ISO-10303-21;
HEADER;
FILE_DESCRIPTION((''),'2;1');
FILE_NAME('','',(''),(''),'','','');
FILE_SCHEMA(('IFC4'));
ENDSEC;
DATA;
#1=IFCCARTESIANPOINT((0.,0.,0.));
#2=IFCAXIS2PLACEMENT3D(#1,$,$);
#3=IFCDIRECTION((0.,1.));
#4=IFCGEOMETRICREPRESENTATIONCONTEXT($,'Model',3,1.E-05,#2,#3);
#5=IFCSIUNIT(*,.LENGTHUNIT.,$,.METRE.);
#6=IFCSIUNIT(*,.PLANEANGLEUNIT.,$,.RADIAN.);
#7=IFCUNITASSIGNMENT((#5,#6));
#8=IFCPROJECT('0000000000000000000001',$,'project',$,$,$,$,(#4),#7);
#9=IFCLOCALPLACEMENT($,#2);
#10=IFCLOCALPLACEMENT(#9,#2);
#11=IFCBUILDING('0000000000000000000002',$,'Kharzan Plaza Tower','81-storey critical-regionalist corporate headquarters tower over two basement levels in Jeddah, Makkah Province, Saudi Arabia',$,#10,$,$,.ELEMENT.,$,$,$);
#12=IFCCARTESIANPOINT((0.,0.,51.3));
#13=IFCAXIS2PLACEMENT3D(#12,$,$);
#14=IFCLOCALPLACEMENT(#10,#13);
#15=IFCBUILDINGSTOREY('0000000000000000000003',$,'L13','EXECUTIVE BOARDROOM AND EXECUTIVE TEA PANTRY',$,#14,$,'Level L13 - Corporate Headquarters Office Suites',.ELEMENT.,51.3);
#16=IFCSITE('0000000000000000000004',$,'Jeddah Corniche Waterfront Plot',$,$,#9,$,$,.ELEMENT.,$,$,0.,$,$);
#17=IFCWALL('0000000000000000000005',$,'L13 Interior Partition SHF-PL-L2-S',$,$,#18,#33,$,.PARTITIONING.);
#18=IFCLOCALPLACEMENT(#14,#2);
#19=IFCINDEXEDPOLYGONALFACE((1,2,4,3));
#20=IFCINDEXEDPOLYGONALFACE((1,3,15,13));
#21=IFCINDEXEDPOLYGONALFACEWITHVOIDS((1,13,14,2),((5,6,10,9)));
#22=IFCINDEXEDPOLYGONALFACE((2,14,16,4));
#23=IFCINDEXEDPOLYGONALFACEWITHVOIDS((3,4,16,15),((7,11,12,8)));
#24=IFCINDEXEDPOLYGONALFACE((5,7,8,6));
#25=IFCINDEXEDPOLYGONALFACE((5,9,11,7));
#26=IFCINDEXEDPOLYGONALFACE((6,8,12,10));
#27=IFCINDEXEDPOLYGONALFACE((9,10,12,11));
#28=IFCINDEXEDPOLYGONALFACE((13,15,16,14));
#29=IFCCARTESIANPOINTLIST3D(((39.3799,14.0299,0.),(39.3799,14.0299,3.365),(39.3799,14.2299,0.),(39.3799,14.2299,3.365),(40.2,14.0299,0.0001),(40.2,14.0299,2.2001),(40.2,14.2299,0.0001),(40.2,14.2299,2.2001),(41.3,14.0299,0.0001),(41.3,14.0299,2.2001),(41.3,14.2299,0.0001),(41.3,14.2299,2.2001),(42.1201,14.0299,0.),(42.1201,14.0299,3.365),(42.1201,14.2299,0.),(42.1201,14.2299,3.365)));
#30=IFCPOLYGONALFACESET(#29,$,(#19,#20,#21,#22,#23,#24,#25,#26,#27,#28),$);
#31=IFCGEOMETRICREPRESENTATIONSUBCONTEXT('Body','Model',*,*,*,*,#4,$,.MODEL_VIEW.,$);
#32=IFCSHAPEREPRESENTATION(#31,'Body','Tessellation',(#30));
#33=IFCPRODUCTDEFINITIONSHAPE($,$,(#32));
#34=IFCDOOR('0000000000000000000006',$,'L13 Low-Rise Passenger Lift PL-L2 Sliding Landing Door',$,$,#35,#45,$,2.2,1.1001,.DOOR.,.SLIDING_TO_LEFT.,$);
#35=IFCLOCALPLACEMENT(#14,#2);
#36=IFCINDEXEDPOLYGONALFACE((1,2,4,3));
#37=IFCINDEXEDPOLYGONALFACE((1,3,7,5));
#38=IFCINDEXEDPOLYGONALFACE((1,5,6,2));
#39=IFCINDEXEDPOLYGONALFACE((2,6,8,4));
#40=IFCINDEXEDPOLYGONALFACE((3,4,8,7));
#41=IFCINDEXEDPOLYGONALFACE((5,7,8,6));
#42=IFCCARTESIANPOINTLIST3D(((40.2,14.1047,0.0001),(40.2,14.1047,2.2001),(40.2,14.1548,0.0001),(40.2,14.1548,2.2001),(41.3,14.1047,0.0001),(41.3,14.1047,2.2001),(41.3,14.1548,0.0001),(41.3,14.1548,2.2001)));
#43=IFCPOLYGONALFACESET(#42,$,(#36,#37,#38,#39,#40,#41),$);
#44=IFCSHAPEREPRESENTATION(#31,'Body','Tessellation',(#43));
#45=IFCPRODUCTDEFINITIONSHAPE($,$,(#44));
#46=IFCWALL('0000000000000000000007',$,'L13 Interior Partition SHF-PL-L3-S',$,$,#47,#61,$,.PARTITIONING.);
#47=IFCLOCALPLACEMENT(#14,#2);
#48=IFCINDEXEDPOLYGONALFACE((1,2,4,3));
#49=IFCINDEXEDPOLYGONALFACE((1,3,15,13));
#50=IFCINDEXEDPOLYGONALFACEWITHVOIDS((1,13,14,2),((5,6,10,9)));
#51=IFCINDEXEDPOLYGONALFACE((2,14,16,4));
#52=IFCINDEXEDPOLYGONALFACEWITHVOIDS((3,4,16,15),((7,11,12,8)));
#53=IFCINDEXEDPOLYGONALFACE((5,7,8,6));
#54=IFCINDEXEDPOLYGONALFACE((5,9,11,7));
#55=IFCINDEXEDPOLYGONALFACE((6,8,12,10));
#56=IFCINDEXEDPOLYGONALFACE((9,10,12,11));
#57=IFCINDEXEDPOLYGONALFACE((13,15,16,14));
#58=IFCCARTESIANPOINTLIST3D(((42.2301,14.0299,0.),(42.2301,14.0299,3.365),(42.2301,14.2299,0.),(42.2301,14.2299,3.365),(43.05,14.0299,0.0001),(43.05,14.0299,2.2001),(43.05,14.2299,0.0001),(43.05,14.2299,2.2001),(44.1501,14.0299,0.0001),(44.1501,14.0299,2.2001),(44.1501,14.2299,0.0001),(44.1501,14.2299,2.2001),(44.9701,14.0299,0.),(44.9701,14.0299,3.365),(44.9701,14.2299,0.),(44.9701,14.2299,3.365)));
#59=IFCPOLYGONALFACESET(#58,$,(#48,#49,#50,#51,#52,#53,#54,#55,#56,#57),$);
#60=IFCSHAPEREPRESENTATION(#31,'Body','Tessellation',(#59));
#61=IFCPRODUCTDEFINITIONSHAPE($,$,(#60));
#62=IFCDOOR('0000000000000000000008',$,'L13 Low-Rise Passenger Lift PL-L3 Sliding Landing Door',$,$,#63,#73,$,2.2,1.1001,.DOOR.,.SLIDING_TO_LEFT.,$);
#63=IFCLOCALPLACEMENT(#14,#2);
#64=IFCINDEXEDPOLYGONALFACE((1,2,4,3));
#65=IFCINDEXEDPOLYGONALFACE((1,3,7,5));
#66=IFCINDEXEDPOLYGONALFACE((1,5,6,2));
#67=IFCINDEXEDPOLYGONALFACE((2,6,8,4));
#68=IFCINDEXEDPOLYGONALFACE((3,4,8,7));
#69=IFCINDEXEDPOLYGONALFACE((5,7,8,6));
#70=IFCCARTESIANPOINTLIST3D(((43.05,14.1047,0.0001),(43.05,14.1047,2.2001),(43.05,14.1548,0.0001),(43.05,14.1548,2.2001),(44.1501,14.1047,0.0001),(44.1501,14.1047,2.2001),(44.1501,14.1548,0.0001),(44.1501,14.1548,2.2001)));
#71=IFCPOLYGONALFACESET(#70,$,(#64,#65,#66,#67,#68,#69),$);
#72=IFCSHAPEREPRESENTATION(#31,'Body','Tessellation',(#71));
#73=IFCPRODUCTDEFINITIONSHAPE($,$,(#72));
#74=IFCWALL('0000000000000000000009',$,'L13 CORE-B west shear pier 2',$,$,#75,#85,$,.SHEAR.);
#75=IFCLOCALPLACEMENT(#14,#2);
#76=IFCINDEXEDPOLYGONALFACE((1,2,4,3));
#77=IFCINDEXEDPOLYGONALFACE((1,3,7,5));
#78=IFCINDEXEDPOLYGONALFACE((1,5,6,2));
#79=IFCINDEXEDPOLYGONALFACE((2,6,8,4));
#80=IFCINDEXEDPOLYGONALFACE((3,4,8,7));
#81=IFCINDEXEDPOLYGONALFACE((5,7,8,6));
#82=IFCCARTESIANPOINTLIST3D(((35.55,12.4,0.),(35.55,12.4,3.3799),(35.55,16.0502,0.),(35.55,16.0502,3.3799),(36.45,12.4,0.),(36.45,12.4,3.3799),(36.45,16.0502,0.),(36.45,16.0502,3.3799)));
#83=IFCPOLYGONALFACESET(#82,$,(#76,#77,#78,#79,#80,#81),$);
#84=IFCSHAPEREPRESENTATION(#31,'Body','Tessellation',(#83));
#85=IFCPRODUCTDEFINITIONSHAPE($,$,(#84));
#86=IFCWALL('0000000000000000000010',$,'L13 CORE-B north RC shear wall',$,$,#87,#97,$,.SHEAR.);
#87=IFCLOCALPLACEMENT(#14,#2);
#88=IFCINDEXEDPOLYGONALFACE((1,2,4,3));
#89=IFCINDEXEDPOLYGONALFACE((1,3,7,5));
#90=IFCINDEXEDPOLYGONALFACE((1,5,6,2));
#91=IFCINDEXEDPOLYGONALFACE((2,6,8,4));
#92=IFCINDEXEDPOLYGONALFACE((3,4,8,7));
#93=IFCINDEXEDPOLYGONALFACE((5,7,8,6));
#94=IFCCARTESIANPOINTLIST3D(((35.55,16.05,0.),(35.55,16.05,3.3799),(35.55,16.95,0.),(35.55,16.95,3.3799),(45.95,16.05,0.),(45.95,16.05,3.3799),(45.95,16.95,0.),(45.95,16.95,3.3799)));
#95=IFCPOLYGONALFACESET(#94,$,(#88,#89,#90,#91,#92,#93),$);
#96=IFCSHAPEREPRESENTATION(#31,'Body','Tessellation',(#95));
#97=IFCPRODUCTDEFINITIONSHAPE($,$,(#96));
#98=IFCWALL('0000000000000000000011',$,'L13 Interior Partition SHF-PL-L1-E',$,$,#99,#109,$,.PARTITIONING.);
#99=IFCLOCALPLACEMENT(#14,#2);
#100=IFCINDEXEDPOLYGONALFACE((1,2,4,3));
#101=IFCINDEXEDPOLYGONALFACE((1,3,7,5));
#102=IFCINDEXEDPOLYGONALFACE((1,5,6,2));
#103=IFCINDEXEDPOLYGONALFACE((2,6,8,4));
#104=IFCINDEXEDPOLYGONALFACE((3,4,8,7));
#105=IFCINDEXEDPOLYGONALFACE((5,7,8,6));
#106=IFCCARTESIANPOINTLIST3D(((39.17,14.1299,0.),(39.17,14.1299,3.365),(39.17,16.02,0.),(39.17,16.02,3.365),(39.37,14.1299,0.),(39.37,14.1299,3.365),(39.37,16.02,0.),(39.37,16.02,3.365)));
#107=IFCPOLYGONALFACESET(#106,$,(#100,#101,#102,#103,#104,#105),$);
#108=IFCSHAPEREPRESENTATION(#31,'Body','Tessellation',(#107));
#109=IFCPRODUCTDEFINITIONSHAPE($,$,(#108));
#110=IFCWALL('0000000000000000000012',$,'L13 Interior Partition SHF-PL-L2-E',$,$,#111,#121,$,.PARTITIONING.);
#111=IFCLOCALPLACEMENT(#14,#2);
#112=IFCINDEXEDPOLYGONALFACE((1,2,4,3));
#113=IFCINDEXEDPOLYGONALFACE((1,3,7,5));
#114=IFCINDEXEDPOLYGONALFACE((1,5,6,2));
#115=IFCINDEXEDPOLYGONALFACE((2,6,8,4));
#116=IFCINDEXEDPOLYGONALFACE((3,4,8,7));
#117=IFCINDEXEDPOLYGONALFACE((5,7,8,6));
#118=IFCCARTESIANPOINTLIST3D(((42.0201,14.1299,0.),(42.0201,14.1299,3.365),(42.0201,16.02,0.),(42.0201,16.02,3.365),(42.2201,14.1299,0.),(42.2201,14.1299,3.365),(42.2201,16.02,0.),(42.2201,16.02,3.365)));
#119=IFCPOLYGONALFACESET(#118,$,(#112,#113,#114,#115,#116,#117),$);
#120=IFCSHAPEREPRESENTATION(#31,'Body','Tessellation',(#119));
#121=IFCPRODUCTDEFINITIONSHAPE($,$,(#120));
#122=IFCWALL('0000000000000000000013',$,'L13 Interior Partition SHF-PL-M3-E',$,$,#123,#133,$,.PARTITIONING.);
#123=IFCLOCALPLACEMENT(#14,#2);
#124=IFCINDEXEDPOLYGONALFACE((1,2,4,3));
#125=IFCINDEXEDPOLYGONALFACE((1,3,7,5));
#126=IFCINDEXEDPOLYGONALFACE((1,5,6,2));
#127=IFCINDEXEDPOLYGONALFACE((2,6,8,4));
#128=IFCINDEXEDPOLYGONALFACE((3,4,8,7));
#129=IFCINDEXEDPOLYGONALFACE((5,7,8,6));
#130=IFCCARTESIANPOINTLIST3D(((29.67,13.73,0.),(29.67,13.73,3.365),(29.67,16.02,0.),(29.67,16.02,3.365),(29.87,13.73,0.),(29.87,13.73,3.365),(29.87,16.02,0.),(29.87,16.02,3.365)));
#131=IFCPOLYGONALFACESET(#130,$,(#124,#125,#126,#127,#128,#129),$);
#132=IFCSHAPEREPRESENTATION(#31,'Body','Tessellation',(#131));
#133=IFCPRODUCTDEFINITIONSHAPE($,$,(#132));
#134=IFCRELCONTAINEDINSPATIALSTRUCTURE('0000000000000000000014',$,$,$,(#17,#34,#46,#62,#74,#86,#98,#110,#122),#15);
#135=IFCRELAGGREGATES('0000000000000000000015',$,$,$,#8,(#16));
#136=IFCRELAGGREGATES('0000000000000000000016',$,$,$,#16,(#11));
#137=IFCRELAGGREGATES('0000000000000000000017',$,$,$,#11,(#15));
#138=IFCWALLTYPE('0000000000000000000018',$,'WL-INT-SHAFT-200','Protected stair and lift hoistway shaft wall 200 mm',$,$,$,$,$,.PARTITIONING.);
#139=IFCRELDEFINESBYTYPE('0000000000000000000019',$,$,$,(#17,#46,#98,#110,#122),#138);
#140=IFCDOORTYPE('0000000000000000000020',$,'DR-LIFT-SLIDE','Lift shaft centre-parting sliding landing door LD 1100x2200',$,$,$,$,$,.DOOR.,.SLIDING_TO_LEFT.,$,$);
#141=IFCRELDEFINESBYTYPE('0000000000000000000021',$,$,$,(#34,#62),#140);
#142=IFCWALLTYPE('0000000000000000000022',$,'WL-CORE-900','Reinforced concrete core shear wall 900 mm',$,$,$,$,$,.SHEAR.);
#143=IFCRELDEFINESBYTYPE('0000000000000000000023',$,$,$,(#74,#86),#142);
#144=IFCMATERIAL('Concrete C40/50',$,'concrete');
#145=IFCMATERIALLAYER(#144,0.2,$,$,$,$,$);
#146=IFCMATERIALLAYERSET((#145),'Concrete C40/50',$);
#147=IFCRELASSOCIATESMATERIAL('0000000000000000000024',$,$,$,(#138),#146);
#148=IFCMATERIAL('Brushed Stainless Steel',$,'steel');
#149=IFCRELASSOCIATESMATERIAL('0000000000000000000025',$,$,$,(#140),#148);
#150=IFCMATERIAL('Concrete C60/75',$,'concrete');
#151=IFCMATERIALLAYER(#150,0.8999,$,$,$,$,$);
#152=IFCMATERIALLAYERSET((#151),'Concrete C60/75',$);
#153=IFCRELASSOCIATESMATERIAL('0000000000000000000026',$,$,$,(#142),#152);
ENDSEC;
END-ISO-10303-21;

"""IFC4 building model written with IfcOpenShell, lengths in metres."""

from ifc_helpers import new_model, si_unit, direction, frame, frame_2d, origin, place, context, subcontext, project, spatial, rectangle, extrude, source, transform, mapped, material, layer, layer_set, type_object, element, fill, save


model = new_model("IFC4")

# Units and contexts
model_context = context("Model", 3, precision=1e-05, world=origin(), true_north=direction((0.0, 1.0)))
body_context = subcontext(model_context, "Body", "Model", "MODEL_VIEW")
ifc_project = project(units=[si_unit("LENGTHUNIT", "METRE"), si_unit("PLANEANGLEUNIT", "RADIAN")], contexts=[model_context])

# Site, building, storey
site_placement = place(None, origin())
site = spatial("IfcSite", under=ifc_project, at=site_placement, Name="Jeddah Corniche Waterfront Plot", CompositionType="ELEMENT", RefElevation=0.0)
building_placement = place(site_placement, origin())
building = spatial("IfcBuilding", under=site, at=building_placement, Name="Kharzan Plaza Tower", Description="81-storey critical-regionalist corporate headquarters tower over two basement levels in Jeddah, Makkah Province, Saudi Arabia", CompositionType="ELEMENT")
storey_placement = place(building_placement, frame((0.0, 0.0, 51.3)))
storey = spatial("IfcBuildingStorey", under=building, at=storey_placement, Name="L13", Description="EXECUTIVE BOARDROOM AND EXECUTIVE TEA PANTRY", LongName="Level L13 - Corporate Headquarters Office Suites", CompositionType="ELEMENT", Elevation=51.3)

# Shared definitions
ifc_material_1 = material(Name="Concrete C60/75", Category="concrete")

# Walls, openings, doors
ifc_material_2 = material(Name="Concrete C40/50", Category="concrete")
ifc_layer_1 = layer(ifc_material_2, 0.2)
ifc_layer_set_1 = layer_set([ifc_layer_1], Name="Concrete C40/50")
wall_type_1 = type_object("IfcWallType", Name="WL-INT-SHAFT-200", Description="Protected stair and lift hoistway shaft wall 200 mm", PredefinedType="PARTITIONING", material=ifc_layer_set_1)
ifc_material_3 = material(Name="Brushed Stainless Steel", Category="steel")
door_type_1 = type_object("IfcDoorType", Name="DR-LIFT-SLIDE", Description="Lift shaft centre-parting sliding landing door LD 1100x2200", OperationType="SLIDING_TO_LEFT", PredefinedType="DOOR", material=ifc_material_3)
shared_shape_1 = source(origin(), body_context, "Body", "SweptSolid", [
    extrude(rectangle(XDim=1.1001, YDim=2.2, at=frame_2d((0.55, 1.1001))), frame((0.0, 0.0249, 0.0), z_axis=(0.0, -1.0, 0.0), x_axis=(1.0, 0.0, 0.0)), (0.0, 0.0, 1.0), 0.05),
])
wall_1_placement = place(storey_placement, frame((39.3799, 14.1299, 0.0), z_axis=(0.0, 0.0, 1.0), x_axis=(1.0, 0.0, 0.0)))
wall_1 = element("IfcWall", 1, at=wall_1_placement, inside=storey, type_object=wall_type_1, Name="L13 Interior Partition SHF-PL-L2-S", PredefinedType="PARTITIONING", context=body_context, shape_type="SweptSolid", body=[
    extrude(rectangle(XDim=2.7402, YDim=0.2, at=frame_2d((1.3701, 0.0))), origin(), (0.0, 0.0, 1.0), 3.365),
])
opening_1_placement = place(wall_1_placement, frame((0.8201, 0.0, 0.0)))
opening_1 = element("IfcOpeningElement", 2, at=opening_1_placement, cuts=wall_1, PredefinedType="OPENING", context=body_context, shape_type="SweptSolid", body=[
    extrude(rectangle(XDim=1.1001, YDim=2.2, at=frame_2d((0.55, 1.1001))), frame((0.0, 0.1099, 0.0), z_axis=(0.0, -1.0, 0.0), x_axis=(1.0, 0.0, 0.0)), (0.0, 0.0, 1.0), 0.22),
])
door_1_placement = place(opening_1_placement, origin())
door_1 = element("IfcDoor", 3, at=door_1_placement, inside=storey, type_object=door_type_1, Name="L13 Low-Rise Passenger Lift PL-L2 Sliding Landing Door", OperationType="SLIDING_TO_LEFT", OverallHeight=2.2, OverallWidth=1.1001, PredefinedType="DOOR", context=body_context, shape_type="MappedRepresentation", body=[
    mapped(shared_shape_1, transform((0.0, 0.0, 0.0), x_axis=(1.0, 0.0, 0.0), y_axis=(0.0, 1.0, 0.0), z_axis=(0.0, 0.0, 1.0))),
])
fill(opening_1, door_1)
wall_2_placement = place(storey_placement, frame((42.23, 14.1299, 0.0), z_axis=(0.0, 0.0, 1.0), x_axis=(1.0, 0.0, 0.0)))
wall_2 = element("IfcWall", 4, at=wall_2_placement, inside=storey, type_object=wall_type_1, Name="L13 Interior Partition SHF-PL-L3-S", PredefinedType="PARTITIONING", context=body_context, shape_type="SweptSolid", body=[
    extrude(rectangle(XDim=2.74, YDim=0.2, at=frame_2d((1.3701, 0.0))), origin(), (0.0, 0.0, 1.0), 3.365),
])
opening_2_placement = place(wall_2_placement, frame((0.8201, 0.0, 0.0)))
opening_2 = element("IfcOpeningElement", 5, at=opening_2_placement, cuts=wall_2, PredefinedType="OPENING", context=body_context, shape_type="SweptSolid", body=[
    extrude(rectangle(XDim=1.1001, YDim=2.2, at=frame_2d((0.55, 1.1001))), frame((0.0, 0.1099, 0.0), z_axis=(0.0, -1.0, 0.0), x_axis=(1.0, 0.0, 0.0)), (0.0, 0.0, 1.0), 0.22),
])
door_2_placement = place(opening_2_placement, origin())
door_2 = element("IfcDoor", 6, at=door_2_placement, inside=storey, type_object=door_type_1, Name="L13 Low-Rise Passenger Lift PL-L3 Sliding Landing Door", OperationType="SLIDING_TO_LEFT", OverallHeight=2.2, OverallWidth=1.1001, PredefinedType="DOOR", context=body_context, shape_type="MappedRepresentation", body=[
    mapped(shared_shape_1, transform((0.0, 0.0, 0.0), x_axis=(1.0, 0.0, 0.0), y_axis=(0.0, 1.0, 0.0), z_axis=(0.0, 0.0, 1.0))),
])
fill(opening_2, door_2)

# Walls
ifc_layer_2 = layer(ifc_material_1, 0.8999)
ifc_layer_set_2 = layer_set([ifc_layer_2], Name="Concrete C60/75")
wall_type_2 = type_object("IfcWallType", Name="WL-CORE-900", Description="Reinforced concrete core shear wall 900 mm", PredefinedType="SHEAR", material=ifc_layer_set_2)
shared_shape_2 = source(origin(), body_context, "Body", "SweptSolid", [
    extrude(rectangle(XDim=3.6501, YDim=0.8999, at=frame_2d((1.8252, 0.0))), origin(), (0.0, 0.0, 1.0), 3.3799),
])
wall_3_placement = place(storey_placement, frame((36.0, 12.3999, 0.0), z_axis=(0.0, 0.0, 1.0), x_axis=(0.0, 1.0, 0.0)))
element("IfcWall", 7, at=wall_3_placement, inside=storey, type_object=wall_type_2, Name="L13 CORE-B west shear pier 2", PredefinedType="SHEAR", context=body_context, shape_type="MappedRepresentation", body=[
    mapped(shared_shape_2, transform((0.0, 0.0, 0.0), x_axis=(1.0, 0.0, 0.0), y_axis=(0.0, 1.0, 0.0), z_axis=(0.0, 0.0, 1.0))),
])
shared_shape_3 = source(origin(), body_context, "Body", "SweptSolid", [
    extrude(rectangle(XDim=10.3999, YDim=0.8999, at=frame_2d((5.2, 0.0))), origin(), (0.0, 0.0, 1.0), 3.3799),
])
wall_4_placement = place(storey_placement, frame((35.55, 16.5, 0.0), z_axis=(0.0, 0.0, 1.0), x_axis=(1.0, 0.0, 0.0)))
element("IfcWall", 8, at=wall_4_placement, inside=storey, type_object=wall_type_2, Name="L13 CORE-B north RC shear wall", PredefinedType="SHEAR", context=body_context, shape_type="MappedRepresentation", body=[
    mapped(shared_shape_3, transform((0.0, 0.0, 0.0), x_axis=(1.0, 0.0, 0.0), y_axis=(0.0, 1.0, 0.0), z_axis=(0.0, 0.0, 1.0))),
])
shared_shape_4 = source(origin(), body_context, "Body", "SweptSolid", [
    extrude(rectangle(XDim=1.8901, YDim=0.2, at=frame_2d((0.9451, 0.0))), origin(), (0.0, 0.0, 1.0), 3.365),
])
for number, where, z_axis, x_axis, name in (
    (9, (39.27, 14.1299, 0.0), (0.0, 0.0, 1.0), (0.0, 1.0, 0.0), "L13 Interior Partition SHF-PL-L1-E"),
    (10, (42.1201, 14.1299, 0.0), (0.0, 0.0, 1.0), (0.0, 1.0, 0.0), "L13 Interior Partition SHF-PL-L2-E"),
):
    element("IfcWall", number, at=place(storey_placement, frame(where, z_axis=z_axis, x_axis=x_axis)), inside=storey, type_object=wall_type_1, Name=name, PredefinedType="PARTITIONING", context=body_context, shape_type="MappedRepresentation", body=[
        mapped(shared_shape_4, transform((0.0, 0.0, 0.0), x_axis=(1.0, 0.0, 0.0), y_axis=(0.0, 1.0, 0.0), z_axis=(0.0, 0.0, 1.0))),
    ])
shared_shape_5 = source(origin(), body_context, "Body", "SweptSolid", [
    extrude(rectangle(XDim=2.29, YDim=0.2, at=frame_2d((1.145, 0.0))), origin(), (0.0, 0.0, 1.0), 3.365),
])
wall_5_placement = place(storey_placement, frame((29.77, 13.73, 0.0), z_axis=(0.0, 0.0, 1.0), x_axis=(0.0, 1.0, 0.0)))
element("IfcWall", 11, at=wall_5_placement, inside=storey, type_object=wall_type_1, Name="L13 Interior Partition SHF-PL-M3-E", PredefinedType="PARTITIONING", context=body_context, shape_type="MappedRepresentation", body=[
    mapped(shared_shape_5, transform((0.0, 0.0, 0.0), x_axis=(1.0, 0.0, 0.0), y_axis=(0.0, 1.0, 0.0), z_axis=(0.0, 0.0, 1.0))),
])

save(model, "model.ifc")
